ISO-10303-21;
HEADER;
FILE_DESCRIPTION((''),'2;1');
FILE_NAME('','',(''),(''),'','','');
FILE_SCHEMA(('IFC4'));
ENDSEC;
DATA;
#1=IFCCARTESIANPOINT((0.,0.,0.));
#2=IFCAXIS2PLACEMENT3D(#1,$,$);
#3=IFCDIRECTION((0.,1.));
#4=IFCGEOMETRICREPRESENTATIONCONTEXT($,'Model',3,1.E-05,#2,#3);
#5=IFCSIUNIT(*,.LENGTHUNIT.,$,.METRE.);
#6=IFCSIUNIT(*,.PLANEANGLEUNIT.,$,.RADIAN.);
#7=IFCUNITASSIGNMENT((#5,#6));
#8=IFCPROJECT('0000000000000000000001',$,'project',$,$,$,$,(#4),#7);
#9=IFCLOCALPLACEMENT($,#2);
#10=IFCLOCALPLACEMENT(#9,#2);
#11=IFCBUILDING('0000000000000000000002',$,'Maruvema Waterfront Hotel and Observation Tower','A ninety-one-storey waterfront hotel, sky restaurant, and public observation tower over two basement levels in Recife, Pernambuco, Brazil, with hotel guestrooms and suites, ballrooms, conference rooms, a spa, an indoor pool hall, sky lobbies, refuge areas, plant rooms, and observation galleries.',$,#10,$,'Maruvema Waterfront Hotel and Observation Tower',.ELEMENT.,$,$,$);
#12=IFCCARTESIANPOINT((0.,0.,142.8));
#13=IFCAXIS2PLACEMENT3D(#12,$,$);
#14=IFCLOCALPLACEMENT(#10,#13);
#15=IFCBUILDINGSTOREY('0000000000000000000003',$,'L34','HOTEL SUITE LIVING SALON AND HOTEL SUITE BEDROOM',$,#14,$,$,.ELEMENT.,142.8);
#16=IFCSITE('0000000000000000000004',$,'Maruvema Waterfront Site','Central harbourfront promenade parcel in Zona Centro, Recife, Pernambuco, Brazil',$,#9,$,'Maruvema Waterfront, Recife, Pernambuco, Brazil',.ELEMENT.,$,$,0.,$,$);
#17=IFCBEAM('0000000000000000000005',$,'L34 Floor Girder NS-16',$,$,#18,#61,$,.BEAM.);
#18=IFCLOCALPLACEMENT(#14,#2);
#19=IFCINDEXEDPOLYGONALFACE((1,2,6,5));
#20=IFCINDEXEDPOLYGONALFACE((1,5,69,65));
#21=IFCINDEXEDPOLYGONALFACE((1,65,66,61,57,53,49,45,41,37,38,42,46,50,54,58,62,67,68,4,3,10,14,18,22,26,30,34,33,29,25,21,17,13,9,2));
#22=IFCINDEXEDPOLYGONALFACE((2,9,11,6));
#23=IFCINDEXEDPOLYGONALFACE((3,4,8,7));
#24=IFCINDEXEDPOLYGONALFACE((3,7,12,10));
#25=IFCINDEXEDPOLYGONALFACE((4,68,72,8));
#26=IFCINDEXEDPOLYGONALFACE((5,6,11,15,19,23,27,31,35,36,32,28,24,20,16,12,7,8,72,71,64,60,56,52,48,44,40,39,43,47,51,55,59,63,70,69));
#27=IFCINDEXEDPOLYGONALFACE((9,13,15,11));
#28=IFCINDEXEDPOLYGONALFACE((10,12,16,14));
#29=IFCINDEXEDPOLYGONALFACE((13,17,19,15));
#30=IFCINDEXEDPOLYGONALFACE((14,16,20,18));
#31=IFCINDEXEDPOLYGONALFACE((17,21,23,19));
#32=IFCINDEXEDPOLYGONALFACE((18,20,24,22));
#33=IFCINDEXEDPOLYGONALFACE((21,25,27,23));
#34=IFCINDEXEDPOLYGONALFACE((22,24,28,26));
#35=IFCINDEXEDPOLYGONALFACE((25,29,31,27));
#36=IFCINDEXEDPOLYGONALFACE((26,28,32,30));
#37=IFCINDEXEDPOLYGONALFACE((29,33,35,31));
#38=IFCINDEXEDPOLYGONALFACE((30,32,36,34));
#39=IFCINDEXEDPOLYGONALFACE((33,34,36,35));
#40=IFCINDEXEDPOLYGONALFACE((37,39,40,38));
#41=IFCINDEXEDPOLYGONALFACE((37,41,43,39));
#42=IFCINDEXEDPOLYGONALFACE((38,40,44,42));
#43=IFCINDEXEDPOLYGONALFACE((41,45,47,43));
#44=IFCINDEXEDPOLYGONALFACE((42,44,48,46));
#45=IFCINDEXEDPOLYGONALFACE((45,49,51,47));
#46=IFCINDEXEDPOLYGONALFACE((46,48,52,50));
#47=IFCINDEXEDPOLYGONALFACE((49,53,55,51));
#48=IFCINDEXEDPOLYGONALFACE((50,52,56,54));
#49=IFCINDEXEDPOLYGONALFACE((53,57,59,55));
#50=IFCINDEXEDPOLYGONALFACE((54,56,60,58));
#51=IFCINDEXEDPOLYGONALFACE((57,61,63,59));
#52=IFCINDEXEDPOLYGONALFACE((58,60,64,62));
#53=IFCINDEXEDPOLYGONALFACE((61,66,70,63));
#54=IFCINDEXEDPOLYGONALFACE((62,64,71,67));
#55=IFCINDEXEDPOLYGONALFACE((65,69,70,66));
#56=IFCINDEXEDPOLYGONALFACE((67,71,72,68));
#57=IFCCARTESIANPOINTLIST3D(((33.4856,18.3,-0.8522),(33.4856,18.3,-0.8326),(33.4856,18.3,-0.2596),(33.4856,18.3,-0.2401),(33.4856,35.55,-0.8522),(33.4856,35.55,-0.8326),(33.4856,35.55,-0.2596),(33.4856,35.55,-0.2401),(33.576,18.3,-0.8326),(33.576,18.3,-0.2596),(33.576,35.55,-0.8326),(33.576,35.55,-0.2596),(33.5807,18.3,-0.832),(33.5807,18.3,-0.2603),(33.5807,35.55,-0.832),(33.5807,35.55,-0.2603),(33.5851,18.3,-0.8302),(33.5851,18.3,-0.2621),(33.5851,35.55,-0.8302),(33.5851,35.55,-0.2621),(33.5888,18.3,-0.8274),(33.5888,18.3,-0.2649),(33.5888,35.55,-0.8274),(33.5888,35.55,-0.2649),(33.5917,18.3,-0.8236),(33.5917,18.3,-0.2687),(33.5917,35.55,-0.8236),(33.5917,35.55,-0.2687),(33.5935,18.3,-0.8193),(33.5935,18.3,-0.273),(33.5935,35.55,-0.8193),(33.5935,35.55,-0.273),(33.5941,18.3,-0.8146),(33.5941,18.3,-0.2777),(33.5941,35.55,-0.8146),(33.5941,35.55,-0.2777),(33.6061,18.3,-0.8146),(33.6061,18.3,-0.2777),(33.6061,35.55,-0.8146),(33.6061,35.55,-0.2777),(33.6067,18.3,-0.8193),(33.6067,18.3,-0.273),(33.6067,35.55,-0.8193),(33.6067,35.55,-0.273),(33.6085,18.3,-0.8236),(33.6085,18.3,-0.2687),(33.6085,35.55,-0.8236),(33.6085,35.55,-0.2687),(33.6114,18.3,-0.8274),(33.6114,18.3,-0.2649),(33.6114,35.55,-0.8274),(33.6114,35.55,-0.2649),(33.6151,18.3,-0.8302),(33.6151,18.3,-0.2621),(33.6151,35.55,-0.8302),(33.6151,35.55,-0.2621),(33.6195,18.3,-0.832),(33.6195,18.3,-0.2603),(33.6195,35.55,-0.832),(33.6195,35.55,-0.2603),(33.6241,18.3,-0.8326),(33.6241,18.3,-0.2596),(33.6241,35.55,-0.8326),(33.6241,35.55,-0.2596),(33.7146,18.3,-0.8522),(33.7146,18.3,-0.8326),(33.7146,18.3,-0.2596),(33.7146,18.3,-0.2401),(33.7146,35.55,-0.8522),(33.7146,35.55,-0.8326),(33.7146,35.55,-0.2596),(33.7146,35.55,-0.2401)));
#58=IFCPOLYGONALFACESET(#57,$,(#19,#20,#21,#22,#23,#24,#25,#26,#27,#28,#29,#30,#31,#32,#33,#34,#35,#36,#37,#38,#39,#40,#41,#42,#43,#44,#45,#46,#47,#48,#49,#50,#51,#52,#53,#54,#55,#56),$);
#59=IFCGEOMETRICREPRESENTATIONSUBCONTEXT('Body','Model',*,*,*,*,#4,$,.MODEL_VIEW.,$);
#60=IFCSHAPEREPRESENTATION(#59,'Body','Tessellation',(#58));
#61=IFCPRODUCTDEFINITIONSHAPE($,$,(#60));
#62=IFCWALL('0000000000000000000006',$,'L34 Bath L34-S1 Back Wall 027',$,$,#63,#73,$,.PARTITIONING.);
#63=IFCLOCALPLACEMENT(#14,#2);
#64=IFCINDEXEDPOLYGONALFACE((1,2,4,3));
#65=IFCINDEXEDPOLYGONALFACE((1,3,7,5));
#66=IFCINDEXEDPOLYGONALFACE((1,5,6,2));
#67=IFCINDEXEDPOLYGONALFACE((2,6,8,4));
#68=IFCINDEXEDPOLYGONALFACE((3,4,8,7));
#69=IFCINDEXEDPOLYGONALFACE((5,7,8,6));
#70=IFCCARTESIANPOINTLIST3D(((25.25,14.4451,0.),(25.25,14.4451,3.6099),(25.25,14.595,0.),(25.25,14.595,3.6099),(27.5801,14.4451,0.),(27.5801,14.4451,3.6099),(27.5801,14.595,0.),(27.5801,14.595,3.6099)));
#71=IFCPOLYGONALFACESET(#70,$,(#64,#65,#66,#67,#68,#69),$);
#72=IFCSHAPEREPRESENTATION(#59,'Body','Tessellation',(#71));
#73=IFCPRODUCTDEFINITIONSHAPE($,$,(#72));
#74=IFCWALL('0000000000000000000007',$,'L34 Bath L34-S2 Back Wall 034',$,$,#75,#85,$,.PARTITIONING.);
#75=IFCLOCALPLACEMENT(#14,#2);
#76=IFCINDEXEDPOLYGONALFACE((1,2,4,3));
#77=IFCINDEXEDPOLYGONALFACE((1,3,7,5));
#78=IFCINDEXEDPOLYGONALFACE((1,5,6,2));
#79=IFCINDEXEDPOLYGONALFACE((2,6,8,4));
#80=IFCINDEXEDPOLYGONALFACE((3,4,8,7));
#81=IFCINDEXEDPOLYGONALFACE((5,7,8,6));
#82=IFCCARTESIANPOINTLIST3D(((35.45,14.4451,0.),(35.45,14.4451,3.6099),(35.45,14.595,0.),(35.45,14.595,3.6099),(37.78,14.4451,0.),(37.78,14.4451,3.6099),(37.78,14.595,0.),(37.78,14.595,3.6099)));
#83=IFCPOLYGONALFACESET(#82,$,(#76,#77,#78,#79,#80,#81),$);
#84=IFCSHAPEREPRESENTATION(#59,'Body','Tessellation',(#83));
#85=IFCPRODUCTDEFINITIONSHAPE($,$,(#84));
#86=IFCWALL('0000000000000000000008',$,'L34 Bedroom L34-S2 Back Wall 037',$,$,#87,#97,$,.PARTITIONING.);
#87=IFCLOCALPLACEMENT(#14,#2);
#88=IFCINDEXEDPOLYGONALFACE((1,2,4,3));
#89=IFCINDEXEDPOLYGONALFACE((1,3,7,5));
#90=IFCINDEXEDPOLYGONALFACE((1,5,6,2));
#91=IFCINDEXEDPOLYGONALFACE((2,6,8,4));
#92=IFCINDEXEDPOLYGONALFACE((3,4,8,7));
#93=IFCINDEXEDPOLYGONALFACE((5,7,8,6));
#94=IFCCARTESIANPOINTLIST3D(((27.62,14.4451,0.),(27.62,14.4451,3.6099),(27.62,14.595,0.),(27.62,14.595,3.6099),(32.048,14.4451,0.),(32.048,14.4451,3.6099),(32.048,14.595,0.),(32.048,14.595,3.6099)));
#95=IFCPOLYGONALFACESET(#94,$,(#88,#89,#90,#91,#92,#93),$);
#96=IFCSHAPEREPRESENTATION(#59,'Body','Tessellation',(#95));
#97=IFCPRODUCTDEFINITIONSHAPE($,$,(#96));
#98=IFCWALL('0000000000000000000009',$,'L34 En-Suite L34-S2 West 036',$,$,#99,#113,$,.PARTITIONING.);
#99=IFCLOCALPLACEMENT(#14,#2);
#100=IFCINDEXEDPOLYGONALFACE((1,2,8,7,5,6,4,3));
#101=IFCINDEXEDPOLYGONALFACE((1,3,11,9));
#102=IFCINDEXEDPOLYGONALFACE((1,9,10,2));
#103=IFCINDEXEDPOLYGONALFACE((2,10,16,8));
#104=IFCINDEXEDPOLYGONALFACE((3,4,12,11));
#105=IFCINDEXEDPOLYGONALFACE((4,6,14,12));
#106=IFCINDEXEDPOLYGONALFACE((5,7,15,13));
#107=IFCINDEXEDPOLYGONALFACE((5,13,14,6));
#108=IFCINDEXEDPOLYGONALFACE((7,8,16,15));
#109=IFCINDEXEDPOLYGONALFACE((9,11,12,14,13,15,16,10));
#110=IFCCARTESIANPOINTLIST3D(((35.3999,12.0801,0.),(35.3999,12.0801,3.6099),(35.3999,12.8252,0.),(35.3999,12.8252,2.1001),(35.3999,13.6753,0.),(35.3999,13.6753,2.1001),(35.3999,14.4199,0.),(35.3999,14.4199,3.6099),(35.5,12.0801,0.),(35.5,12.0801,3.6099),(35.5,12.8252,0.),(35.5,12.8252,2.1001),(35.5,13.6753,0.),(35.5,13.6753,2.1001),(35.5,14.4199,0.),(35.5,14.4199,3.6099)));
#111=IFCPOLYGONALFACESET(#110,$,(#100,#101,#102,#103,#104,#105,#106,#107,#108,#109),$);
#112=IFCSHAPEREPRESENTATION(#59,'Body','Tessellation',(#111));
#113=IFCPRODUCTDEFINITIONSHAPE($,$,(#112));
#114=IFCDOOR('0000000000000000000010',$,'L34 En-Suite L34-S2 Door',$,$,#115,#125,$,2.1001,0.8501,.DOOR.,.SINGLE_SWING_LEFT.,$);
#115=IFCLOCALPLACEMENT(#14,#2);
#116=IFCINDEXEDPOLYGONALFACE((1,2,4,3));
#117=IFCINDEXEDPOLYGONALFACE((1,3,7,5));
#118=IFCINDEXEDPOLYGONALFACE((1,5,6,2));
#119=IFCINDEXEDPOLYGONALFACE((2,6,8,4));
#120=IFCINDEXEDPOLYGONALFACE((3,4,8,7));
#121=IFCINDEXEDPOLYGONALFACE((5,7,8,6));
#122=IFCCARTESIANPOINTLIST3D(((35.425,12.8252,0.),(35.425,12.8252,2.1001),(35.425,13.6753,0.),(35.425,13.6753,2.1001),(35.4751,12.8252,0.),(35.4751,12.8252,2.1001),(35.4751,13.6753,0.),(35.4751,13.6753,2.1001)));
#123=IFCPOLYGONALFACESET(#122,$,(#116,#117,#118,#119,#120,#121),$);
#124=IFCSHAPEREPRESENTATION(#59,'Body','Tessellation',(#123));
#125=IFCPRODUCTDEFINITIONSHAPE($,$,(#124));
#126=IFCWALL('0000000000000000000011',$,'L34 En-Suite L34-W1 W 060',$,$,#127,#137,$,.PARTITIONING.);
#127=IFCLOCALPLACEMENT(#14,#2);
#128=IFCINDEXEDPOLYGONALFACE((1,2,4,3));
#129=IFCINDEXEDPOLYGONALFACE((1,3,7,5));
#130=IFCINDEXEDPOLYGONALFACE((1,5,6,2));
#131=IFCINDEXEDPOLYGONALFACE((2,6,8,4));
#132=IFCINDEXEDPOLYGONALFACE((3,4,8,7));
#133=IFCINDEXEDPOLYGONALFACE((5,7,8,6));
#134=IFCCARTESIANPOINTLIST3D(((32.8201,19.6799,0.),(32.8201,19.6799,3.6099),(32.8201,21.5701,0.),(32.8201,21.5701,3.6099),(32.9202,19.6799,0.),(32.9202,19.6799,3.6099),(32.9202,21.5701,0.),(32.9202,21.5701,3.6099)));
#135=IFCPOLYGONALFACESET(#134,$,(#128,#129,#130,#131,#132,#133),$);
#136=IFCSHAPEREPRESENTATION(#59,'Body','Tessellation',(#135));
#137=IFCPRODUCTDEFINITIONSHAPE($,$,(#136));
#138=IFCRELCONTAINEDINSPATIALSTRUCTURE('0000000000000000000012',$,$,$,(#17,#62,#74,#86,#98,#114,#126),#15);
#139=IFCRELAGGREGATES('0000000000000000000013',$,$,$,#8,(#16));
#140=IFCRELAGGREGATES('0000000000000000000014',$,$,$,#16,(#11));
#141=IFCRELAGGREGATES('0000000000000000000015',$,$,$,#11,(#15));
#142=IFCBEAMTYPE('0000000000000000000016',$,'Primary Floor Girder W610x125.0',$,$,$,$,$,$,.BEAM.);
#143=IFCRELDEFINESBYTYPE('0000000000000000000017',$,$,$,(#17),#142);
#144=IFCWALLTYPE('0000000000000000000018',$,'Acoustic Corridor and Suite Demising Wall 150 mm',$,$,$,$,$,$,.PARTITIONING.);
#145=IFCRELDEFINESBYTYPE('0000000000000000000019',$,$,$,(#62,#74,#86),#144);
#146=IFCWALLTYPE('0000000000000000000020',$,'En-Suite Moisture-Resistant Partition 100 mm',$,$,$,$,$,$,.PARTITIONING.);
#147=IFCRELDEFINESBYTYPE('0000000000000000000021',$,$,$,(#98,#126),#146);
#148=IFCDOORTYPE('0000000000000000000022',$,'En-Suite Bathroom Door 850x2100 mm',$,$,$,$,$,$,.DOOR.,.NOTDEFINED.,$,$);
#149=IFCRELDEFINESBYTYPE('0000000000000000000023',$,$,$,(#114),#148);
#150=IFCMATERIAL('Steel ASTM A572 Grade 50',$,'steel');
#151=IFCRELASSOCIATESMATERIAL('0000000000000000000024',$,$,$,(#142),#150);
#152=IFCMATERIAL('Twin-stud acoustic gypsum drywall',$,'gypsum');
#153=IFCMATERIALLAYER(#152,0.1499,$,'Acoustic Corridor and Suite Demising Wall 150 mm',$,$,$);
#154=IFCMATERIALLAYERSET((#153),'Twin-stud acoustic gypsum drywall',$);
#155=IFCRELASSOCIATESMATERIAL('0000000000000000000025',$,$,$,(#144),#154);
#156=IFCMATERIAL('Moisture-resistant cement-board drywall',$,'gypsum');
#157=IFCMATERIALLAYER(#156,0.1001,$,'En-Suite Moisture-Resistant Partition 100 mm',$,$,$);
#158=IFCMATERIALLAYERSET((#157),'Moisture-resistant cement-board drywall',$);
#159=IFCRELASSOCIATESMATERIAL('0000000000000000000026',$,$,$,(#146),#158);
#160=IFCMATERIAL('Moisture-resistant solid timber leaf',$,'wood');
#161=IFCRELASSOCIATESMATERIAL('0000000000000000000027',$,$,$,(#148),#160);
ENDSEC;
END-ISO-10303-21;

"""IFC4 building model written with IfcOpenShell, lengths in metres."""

from ifc_helpers import new_model, si_unit, direction, frame, frame_2d, origin, origin_2d, place, context, subcontext, project, spatial, rectangle, i_section, extrude, material, layer, layer_set, material_profile, profile_set, type_object, element, fill, save


model = new_model("IFC4")

# Units and contexts
model_context = context("Model", 3, precision=1e-05, world=origin(), true_north=direction((0.0, 1.0)))
body_context = subcontext(model_context, "Body", "Model", "MODEL_VIEW")
ifc_project = project(units=[si_unit("LENGTHUNIT", "METRE"), si_unit("PLANEANGLEUNIT", "RADIAN")], contexts=[model_context])

# Site, building, storey
site_placement = place(None, origin())
site = spatial("IfcSite", under=ifc_project, at=site_placement, Name="Maruvema Waterfront Site", Description="Central harbourfront promenade parcel in Zona Centro, Recife, Pernambuco, Brazil", LongName="Maruvema Waterfront, Recife, Pernambuco, Brazil", CompositionType="ELEMENT", RefElevation=0.0)
building_placement = place(site_placement, origin())
building = spatial("IfcBuilding", under=site, at=building_placement, Name="Maruvema Waterfront Hotel and Observation Tower", Description="A ninety-one-storey waterfront hotel, sky restaurant, and public observation tower over two basement levels in Recife, Pernambuco, Brazil, with hotel guestrooms and suites, ballrooms, conference rooms, a spa, an indoor pool hall, sky lobbies, refuge areas, plant rooms, and observation galleries.", LongName="Maruvema Waterfront Hotel and Observation Tower", CompositionType="ELEMENT")
storey_placement = place(building_placement, frame((0.0, 0.0, 142.8)))
storey = spatial("IfcBuildingStorey", under=building, at=storey_placement, Name="L34", Description="HOTEL SUITE LIVING SALON AND HOTEL SUITE BEDROOM", CompositionType="ELEMENT", Elevation=142.8)

# Beam
ifc_material_1 = material(Name="Steel ASTM A572 Grade 50", Category="steel")
ifc_material_profile_1 = material_profile(ifc_material_1, i_section(OverallWidth=0.229, OverallDepth=0.6121, WebThickness=0.012, FlangeThickness=0.0195, FilletRadius=0.0181, at=origin_2d()), Name="W610x125.0")
ifc_profile_set_1 = profile_set([ifc_material_profile_1], Name="Steel ASTM A572 Grade 50")
beam_type = type_object("IfcBeamType", Name="Primary Floor Girder W610x125.0", PredefinedType="BEAM", material=ifc_profile_set_1)
beam_1_placement = place(storey_placement, frame((33.6001, 18.3, -0.5461), z_axis=(0.0, 1.0, 0.0), x_axis=(-1.0, 0.0, 0.0)))
element("IfcBeam", 1, at=beam_1_placement, inside=storey, type_object=beam_type, Name="L34 Floor Girder NS-16", PredefinedType="BEAM", context=body_context, shape_type="SweptSolid", body=[
    extrude(i_section(OverallWidth=0.229, OverallDepth=0.6121, WebThickness=0.012, FlangeThickness=0.0195, FilletRadius=0.0181, at=origin_2d()), origin(), (0.0, 0.0, 1.0), 17.25),
])

# Walls
ifc_material_2 = material(Name="Twin-stud acoustic gypsum drywall", Category="gypsum")
ifc_layer_1 = layer(ifc_material_2, 0.1499, Name="Acoustic Corridor and Suite Demising Wall 150 mm")
ifc_layer_set_1 = layer_set([ifc_layer_1], Name="Twin-stud acoustic gypsum drywall")
wall_type_1 = type_object("IfcWallType", Name="Acoustic Corridor and Suite Demising Wall 150 mm", PredefinedType="PARTITIONING", material=ifc_layer_set_1)
for number, where, z_axis, x_axis, name in (
    (2, (25.25, 14.52, 0.0), (0.0, 0.0, 1.0), (1.0, 0.0, 0.0), "L34 Bath L34-S1 Back Wall 027"),
    (3, (35.45, 14.52, 0.0), (0.0, 0.0, 1.0), (1.0, 0.0, 0.0), "L34 Bath L34-S2 Back Wall 034"),
):
    element("IfcWall", number, at=place(storey_placement, frame(where, z_axis=z_axis, x_axis=x_axis)), inside=storey, type_object=wall_type_1, Name=name, PredefinedType="PARTITIONING", context=body_context, shape_type="SweptSolid", body=[
        extrude(rectangle(XDim=2.3301, YDim=0.1499, at=frame_2d((1.165, 0.0))), origin(), (0.0, 0.0, 1.0), 3.6099),
    ])
wall_1_placement = place(storey_placement, frame((27.6201, 14.52, 0.0), z_axis=(0.0, 0.0, 1.0), x_axis=(1.0, 0.0, 0.0)))
element("IfcWall", 4, at=wall_1_placement, inside=storey, type_object=wall_type_1, Name="L34 Bedroom L34-S2 Back Wall 037", PredefinedType="PARTITIONING", context=body_context, shape_type="SweptSolid", body=[
    extrude(rectangle(XDim=4.428, YDim=0.1499, at=frame_2d((2.2139, 0.0))), origin(), (0.0, 0.0, 1.0), 3.6099),
])

# Wall, opening, door
ifc_material_3 = material(Name="Moisture-resistant cement-board drywall", Category="gypsum")
ifc_layer_2 = layer(ifc_material_3, 0.1001, Name="En-Suite Moisture-Resistant Partition 100 mm")
ifc_layer_set_2 = layer_set([ifc_layer_2], Name="Moisture-resistant cement-board drywall")
wall_type_2 = type_object("IfcWallType", Name="En-Suite Moisture-Resistant Partition 100 mm", PredefinedType="PARTITIONING", material=ifc_layer_set_2)
wall_2_placement = place(storey_placement, frame((35.45, 12.0801, 0.0), z_axis=(0.0, 0.0, 1.0), x_axis=(0.0, 1.0, 0.0)))
wall_2 = element("IfcWall", 5, at=wall_2_placement, inside=storey, type_object=wall_type_2, Name="L34 En-Suite L34-S2 West 036", PredefinedType="PARTITIONING", context=body_context, shape_type="SweptSolid", body=[
    extrude(rectangle(XDim=2.3398, YDim=0.1001, at=frame_2d((1.1699, 0.0))), origin(), (0.0, 0.0, 1.0), 3.6099),
])
opening_1_placement = place(wall_2_placement, frame((0.7451, 0.0, 0.0)))
opening_1 = element("IfcOpeningElement", 6, at=opening_1_placement, cuts=wall_2, PredefinedType="OPENING", context=body_context, shape_type="SweptSolid", body=[
    extrude(rectangle(XDim=0.8501, YDim=2.1001, at=frame_2d((0.425, 1.05))), frame((0.0, 0.0601, 0.0), z_axis=(0.0, -1.0, 0.0), x_axis=(1.0, 0.0, 0.0)), (0.0, 0.0, 1.0), 0.1201),
])
ifc_material_4 = material(Name="Moisture-resistant solid timber leaf", Category="wood")
door_type_1 = type_object("IfcDoorType", Name="En-Suite Bathroom Door 850x2100 mm", OperationType="NOTDEFINED", PredefinedType="DOOR", material=ifc_material_4)
door_1_placement = place(opening_1_placement, origin())
door_1 = element("IfcDoor", 7, at=door_1_placement, inside=storey, type_object=door_type_1, Name="L34 En-Suite L34-S2 Door", OperationType="SINGLE_SWING_LEFT", OverallHeight=2.1001, OverallWidth=0.8501, PredefinedType="DOOR", context=body_context, shape_type="SweptSolid", body=[
    extrude(rectangle(XDim=0.8501, YDim=2.1001, at=frame_2d((0.425, 1.05))), frame((0.0, 0.0249, 0.0), z_axis=(0.0, -1.0, 0.0), x_axis=(1.0, 0.0, 0.0)), (0.0, 0.0, 1.0), 0.05),
])
fill(opening_1, door_1)

# Wall
wall_3_placement = place(storey_placement, frame((32.8701, 19.6799, 0.0), z_axis=(0.0, 0.0, 1.0), x_axis=(0.0, 1.0, 0.0)))
element("IfcWall", 8, at=wall_3_placement, inside=storey, type_object=wall_type_2, Name="L34 En-Suite L34-W1 W 060", PredefinedType="PARTITIONING", context=body_context, shape_type="SweptSolid", body=[
    extrude(rectangle(XDim=1.8901, YDim=0.1001, at=frame_2d((0.9451, 0.0))), origin(), (0.0, 0.0, 1.0), 3.6099),
])

save(model, "model.ifc")
